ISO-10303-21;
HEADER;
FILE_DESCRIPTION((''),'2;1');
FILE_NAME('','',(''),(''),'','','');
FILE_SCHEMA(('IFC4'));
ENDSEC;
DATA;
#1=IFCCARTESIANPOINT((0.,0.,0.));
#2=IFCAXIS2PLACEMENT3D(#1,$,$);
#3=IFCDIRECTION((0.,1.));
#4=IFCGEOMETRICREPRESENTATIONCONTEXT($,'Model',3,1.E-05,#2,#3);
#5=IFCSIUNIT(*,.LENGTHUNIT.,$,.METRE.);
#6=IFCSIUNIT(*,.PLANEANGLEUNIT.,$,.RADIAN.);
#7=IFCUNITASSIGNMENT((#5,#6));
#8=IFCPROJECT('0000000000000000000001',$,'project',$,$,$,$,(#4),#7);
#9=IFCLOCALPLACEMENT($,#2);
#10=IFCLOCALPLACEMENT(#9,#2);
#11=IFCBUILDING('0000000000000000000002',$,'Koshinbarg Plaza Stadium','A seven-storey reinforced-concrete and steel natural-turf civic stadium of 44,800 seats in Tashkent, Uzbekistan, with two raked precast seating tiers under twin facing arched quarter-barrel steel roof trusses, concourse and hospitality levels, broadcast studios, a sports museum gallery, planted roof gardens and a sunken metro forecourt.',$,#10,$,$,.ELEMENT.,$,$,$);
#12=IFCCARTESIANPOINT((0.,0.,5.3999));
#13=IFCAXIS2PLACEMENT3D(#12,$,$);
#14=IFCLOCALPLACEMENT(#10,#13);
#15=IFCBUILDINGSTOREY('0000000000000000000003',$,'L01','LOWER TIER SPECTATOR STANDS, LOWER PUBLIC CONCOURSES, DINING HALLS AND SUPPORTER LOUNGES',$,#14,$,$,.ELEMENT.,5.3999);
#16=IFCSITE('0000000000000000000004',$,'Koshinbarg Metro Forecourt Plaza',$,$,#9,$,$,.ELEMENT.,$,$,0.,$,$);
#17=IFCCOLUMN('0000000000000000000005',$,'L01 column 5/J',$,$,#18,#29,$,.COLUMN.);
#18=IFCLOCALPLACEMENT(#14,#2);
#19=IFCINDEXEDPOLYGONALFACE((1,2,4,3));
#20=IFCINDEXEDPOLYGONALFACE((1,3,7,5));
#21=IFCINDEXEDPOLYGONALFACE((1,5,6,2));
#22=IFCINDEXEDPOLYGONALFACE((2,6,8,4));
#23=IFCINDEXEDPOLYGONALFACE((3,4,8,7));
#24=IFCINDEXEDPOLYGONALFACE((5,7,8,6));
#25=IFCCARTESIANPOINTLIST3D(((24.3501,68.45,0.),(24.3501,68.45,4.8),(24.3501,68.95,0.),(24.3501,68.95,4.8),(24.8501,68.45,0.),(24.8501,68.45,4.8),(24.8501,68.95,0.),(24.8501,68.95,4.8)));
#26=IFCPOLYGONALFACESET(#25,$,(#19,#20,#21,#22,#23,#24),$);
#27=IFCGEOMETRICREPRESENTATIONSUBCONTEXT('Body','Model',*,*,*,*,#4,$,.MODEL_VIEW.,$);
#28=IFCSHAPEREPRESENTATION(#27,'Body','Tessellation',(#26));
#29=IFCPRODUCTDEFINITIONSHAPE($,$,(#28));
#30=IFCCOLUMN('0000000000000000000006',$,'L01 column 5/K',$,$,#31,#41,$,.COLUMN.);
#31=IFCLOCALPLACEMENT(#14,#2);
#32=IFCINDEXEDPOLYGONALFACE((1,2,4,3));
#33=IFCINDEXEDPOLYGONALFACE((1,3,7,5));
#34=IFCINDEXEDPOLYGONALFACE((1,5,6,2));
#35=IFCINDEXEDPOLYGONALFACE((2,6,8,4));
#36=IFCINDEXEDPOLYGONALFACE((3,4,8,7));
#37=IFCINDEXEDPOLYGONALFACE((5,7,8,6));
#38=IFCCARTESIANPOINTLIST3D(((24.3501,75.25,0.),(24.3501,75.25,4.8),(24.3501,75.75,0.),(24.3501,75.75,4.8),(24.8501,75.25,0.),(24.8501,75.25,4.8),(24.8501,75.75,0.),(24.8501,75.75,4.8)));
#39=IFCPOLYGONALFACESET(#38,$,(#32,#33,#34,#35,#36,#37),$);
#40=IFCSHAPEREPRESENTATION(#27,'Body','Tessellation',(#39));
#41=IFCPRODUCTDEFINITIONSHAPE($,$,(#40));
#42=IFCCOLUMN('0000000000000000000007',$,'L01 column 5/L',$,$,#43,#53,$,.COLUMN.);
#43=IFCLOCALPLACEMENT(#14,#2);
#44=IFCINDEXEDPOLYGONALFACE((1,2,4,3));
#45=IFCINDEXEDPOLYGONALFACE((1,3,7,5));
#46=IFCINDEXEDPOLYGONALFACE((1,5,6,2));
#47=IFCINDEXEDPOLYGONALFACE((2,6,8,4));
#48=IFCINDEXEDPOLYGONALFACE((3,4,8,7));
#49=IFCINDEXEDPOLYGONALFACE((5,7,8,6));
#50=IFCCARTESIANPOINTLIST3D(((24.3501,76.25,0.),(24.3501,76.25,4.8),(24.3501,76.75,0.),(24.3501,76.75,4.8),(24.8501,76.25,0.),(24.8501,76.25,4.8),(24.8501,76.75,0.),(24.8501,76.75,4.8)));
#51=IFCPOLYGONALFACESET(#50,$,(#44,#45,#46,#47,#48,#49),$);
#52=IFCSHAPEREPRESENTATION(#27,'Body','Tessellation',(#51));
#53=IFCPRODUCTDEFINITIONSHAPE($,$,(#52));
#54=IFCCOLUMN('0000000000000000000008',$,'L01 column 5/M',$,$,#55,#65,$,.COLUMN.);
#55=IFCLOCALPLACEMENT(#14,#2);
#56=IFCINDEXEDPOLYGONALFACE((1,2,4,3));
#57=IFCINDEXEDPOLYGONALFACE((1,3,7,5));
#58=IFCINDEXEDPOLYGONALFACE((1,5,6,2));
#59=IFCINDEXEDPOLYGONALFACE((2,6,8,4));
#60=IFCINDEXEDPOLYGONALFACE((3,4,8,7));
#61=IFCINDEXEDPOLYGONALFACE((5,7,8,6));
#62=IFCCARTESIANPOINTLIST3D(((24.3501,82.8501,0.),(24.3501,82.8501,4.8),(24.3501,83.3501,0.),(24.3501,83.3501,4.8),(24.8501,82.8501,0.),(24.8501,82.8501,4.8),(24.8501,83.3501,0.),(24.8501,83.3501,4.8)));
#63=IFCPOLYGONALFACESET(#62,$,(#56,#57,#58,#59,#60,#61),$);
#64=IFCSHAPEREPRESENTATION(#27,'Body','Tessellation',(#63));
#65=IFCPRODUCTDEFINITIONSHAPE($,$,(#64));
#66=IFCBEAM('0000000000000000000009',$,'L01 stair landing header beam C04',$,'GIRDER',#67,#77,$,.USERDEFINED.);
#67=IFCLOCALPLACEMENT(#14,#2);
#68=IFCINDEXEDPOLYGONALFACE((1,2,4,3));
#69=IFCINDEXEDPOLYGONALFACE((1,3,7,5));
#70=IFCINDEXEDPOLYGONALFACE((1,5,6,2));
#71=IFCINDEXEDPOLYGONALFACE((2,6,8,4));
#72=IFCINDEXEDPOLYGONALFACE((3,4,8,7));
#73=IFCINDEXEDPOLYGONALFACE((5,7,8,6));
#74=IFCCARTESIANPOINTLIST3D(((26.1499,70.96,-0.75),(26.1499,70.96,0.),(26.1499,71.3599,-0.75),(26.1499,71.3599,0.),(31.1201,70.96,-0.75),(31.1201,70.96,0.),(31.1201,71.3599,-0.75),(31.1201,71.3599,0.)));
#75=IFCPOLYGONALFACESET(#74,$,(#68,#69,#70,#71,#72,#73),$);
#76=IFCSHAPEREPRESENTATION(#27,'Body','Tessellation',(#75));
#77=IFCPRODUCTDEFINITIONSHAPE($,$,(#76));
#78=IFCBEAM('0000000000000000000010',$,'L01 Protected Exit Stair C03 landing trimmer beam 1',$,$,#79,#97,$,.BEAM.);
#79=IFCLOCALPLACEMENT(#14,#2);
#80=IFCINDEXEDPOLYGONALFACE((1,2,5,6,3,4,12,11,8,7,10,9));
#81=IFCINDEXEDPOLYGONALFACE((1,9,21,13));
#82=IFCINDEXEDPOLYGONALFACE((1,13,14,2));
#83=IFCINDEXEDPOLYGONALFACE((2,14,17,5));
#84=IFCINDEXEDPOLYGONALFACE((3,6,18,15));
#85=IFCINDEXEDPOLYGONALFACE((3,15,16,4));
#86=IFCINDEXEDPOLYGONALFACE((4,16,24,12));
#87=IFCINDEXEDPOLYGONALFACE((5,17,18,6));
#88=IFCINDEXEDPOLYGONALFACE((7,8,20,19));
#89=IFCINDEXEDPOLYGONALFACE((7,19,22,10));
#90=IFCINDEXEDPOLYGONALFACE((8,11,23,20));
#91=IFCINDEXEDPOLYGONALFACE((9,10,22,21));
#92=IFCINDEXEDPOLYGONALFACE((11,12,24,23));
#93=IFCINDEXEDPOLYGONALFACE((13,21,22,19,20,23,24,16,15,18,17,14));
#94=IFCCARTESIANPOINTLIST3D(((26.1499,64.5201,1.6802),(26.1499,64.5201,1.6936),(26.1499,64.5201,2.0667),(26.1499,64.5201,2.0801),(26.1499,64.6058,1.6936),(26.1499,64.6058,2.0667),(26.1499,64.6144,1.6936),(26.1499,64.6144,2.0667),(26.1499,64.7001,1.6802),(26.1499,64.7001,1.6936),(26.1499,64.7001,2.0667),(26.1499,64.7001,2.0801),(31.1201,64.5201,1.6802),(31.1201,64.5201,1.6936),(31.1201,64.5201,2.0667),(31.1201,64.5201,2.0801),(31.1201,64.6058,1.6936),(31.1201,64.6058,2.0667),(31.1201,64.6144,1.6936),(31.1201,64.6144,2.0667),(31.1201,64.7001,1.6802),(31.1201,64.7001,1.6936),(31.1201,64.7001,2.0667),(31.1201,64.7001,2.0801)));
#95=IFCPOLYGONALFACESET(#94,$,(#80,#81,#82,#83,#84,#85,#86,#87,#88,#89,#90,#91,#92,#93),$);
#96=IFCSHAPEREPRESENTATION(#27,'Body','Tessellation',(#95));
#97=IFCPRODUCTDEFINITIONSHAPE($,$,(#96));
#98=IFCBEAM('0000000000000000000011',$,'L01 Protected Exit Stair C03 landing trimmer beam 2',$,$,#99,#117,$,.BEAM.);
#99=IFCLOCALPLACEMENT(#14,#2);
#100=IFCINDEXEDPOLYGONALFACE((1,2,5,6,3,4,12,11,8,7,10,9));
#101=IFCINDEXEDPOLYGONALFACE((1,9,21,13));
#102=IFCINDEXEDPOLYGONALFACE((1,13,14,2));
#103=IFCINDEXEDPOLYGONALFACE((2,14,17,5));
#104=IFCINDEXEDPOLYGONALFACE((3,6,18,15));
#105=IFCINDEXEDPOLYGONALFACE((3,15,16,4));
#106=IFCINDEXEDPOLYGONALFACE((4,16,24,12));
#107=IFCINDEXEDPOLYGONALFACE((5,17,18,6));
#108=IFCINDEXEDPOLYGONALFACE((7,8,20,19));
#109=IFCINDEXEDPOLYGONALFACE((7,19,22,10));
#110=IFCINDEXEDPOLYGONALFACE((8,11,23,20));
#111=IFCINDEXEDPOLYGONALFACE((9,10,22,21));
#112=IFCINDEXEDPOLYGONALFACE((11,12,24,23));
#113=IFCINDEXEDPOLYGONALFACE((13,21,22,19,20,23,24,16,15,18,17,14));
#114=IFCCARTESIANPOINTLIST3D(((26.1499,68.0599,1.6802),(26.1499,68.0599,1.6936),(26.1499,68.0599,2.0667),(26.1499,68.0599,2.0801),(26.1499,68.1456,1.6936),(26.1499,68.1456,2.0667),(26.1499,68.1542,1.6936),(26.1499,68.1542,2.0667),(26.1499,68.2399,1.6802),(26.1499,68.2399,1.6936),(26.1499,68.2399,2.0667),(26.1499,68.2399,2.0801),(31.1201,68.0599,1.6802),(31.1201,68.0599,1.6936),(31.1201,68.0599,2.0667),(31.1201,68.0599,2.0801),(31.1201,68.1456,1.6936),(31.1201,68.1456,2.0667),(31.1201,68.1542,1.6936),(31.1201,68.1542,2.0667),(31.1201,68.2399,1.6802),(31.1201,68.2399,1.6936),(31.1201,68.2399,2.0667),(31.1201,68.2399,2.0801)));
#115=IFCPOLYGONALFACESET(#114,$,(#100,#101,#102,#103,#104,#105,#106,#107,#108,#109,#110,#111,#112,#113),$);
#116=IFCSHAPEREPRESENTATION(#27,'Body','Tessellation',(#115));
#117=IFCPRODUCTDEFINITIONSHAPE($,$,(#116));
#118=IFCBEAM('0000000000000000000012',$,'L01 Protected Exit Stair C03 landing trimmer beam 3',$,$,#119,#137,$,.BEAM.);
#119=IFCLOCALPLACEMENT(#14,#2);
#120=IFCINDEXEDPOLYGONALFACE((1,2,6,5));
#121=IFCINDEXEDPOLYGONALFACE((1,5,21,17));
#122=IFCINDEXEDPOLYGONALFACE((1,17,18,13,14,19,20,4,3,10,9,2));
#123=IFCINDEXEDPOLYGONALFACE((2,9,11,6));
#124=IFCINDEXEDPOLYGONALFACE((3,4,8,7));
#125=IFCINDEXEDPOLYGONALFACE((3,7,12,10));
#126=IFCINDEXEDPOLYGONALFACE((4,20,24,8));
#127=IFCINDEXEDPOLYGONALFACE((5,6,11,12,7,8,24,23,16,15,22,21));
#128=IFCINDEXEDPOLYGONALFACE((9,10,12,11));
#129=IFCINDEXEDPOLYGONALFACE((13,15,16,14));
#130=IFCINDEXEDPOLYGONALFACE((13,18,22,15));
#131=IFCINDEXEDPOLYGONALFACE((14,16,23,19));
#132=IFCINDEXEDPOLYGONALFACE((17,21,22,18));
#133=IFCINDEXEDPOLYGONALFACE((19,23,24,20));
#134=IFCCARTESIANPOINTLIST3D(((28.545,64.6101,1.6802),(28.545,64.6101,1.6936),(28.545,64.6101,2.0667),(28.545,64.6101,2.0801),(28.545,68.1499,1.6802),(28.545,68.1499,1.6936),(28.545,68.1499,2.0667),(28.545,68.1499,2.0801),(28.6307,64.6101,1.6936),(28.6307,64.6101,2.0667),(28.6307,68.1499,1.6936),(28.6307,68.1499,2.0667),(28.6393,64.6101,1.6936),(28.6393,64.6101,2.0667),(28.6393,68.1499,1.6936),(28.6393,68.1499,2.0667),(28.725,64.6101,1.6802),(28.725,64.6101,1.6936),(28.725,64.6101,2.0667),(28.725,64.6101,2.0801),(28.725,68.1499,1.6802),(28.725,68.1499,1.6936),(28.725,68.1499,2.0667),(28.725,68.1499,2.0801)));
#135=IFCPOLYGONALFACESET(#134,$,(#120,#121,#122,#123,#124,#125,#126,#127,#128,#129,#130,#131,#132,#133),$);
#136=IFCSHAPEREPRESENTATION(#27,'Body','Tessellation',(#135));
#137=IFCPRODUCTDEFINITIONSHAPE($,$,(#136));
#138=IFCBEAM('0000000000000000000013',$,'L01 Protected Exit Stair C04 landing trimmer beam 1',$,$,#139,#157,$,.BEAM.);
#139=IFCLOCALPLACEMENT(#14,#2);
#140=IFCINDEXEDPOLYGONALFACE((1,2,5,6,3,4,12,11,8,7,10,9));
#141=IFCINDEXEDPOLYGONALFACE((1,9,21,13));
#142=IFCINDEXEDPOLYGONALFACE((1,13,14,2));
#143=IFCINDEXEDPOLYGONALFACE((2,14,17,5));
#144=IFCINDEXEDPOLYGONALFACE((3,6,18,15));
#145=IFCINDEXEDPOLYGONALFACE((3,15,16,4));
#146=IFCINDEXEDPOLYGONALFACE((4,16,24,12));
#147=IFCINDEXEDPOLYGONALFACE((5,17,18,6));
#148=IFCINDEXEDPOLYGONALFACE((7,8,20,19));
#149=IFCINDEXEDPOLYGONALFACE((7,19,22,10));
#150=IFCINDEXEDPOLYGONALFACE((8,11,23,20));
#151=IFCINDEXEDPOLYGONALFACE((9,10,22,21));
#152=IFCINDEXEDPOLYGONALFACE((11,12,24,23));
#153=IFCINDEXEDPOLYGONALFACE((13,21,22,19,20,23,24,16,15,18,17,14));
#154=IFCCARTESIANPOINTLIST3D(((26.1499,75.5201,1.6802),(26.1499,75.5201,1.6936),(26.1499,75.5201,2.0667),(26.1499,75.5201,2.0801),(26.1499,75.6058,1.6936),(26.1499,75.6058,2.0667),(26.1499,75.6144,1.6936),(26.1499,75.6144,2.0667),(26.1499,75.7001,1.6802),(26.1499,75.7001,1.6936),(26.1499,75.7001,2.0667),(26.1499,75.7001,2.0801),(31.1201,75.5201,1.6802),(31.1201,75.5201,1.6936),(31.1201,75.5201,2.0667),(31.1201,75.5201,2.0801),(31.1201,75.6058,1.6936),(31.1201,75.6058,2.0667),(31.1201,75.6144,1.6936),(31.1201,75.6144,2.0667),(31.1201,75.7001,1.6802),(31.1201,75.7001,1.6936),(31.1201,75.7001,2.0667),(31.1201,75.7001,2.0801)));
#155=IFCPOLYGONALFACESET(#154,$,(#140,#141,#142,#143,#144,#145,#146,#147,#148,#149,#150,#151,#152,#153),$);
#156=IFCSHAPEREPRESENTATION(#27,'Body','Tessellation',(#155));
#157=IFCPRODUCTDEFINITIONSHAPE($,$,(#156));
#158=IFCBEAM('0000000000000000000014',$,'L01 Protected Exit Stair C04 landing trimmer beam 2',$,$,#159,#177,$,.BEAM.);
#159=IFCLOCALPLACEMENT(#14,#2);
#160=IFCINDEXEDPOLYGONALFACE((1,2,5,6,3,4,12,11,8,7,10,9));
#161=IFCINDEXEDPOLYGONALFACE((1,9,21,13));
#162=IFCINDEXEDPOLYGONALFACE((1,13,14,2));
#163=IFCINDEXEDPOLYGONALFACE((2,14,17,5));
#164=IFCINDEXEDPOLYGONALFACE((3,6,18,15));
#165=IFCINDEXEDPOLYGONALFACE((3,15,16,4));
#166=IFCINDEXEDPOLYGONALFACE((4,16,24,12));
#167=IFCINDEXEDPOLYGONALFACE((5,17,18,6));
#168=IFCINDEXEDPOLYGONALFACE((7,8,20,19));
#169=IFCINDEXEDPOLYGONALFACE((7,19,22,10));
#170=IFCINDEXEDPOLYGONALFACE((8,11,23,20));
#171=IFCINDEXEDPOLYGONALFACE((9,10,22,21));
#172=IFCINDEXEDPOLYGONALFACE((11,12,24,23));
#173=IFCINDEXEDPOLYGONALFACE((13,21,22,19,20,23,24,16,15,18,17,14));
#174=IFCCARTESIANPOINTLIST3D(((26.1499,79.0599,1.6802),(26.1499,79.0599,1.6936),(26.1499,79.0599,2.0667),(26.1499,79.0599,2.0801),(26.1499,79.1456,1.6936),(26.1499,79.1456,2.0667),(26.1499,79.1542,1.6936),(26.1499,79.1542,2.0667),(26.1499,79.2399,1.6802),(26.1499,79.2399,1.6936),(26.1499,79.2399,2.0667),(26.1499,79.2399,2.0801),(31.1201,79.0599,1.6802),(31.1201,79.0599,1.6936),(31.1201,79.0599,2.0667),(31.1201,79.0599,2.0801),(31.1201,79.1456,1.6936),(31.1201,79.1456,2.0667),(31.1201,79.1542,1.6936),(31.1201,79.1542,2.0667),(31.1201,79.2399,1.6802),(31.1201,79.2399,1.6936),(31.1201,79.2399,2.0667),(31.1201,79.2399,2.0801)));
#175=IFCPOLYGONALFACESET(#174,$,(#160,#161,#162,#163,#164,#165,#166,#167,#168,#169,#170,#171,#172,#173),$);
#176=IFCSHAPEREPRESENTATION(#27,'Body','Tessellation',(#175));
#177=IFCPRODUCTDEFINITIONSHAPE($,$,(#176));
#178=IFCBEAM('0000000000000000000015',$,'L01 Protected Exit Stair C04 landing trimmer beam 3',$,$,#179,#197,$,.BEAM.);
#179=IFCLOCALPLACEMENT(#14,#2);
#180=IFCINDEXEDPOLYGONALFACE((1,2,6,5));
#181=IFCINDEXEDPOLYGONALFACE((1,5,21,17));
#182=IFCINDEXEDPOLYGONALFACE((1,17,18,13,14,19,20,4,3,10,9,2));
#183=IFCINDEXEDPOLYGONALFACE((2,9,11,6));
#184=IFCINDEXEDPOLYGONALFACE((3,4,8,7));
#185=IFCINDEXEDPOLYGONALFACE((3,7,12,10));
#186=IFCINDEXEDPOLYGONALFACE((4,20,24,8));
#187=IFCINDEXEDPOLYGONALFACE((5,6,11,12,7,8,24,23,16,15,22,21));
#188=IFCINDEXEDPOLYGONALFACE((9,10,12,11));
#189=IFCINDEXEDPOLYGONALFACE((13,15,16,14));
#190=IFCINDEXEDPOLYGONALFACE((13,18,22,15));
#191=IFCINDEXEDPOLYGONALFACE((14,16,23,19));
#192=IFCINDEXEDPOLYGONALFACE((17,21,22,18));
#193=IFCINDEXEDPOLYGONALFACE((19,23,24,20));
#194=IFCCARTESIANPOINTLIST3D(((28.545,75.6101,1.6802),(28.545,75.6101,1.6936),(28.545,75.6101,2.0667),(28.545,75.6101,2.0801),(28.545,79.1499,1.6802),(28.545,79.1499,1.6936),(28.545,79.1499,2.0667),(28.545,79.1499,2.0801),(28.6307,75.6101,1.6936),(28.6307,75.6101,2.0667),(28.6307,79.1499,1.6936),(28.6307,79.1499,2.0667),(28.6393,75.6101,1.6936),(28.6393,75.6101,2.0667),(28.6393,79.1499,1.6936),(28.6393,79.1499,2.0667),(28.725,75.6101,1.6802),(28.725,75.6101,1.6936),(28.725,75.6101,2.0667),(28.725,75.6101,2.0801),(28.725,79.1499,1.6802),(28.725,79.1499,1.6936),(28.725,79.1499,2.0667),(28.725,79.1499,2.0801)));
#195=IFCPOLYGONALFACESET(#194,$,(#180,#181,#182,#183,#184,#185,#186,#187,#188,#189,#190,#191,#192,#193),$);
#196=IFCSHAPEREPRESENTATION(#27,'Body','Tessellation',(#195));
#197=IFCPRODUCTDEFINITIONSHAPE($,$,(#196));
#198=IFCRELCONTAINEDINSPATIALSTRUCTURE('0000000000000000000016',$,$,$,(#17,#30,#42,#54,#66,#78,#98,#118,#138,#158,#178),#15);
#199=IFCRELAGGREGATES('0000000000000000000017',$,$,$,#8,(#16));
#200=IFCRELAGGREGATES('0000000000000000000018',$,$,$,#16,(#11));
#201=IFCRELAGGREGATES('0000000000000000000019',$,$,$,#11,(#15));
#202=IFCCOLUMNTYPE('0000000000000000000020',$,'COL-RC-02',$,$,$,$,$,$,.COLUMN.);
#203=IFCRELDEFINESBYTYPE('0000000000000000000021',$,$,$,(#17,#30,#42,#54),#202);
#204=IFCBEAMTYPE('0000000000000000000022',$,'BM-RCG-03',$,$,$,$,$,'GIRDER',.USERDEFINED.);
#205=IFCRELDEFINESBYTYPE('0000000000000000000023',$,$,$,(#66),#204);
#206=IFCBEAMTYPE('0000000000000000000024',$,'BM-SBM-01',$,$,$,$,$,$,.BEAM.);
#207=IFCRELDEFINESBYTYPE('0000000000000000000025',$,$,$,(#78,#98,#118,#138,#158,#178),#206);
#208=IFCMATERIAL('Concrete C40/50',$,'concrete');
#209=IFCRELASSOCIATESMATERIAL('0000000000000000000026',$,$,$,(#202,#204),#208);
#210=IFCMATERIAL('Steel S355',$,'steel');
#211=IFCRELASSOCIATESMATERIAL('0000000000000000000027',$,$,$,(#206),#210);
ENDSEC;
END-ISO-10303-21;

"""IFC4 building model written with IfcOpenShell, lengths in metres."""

from ifc_helpers import new_model, si_unit, direction, frame, origin, origin_2d, place, context, subcontext, project, spatial, rectangle, i_section, extrude, material, material_profile, profile_set, type_object, element, save


model = new_model("IFC4")

# Units and contexts
model_context = context("Model", 3, precision=1e-05, world=origin(), true_north=direction((0.0, 1.0)))
body_context = subcontext(model_context, "Body", "Model", "MODEL_VIEW")
ifc_project = project(units=[si_unit("LENGTHUNIT", "METRE"), si_unit("PLANEANGLEUNIT", "RADIAN")], contexts=[model_context])

# Site, building, storey
site_placement = place(None, origin())
site = spatial("IfcSite", under=ifc_project, at=site_placement, Name="Koshinbarg Metro Forecourt Plaza", CompositionType="ELEMENT", RefElevation=0.0)
building_placement = place(site_placement, origin())
building = spatial("IfcBuilding", under=site, at=building_placement, Name="Koshinbarg Plaza Stadium", Description="A seven-storey reinforced-concrete and steel natural-turf civic stadium of 44,800 seats in Tashkent, Uzbekistan, with two raked precast seating tiers under twin facing arched quarter-barrel steel roof trusses, concourse and hospitality levels, broadcast studios, a sports museum gallery, planted roof gardens and a sunken metro forecourt.", CompositionType="ELEMENT")
storey_placement = place(building_placement, frame((0.0, 0.0, 5.3999)))
storey = spatial("IfcBuildingStorey", under=building, at=storey_placement, Name="L01", Description="LOWER TIER SPECTATOR STANDS, LOWER PUBLIC CONCOURSES, DINING HALLS AND SUPPORTER LOUNGES", CompositionType="ELEMENT", Elevation=5.3999)

# Columns
ifc_material_1 = material(Name="Concrete C40/50", Category="concrete")
ifc_material_profile_1 = material_profile(ifc_material_1, rectangle(XDim=0.5, YDim=0.5, at=origin_2d()), Name="RC 500x500")
ifc_profile_set_1 = profile_set([ifc_material_profile_1], Name="Concrete C40/50")
column_type = type_object("IfcColumnType", Name="COL-RC-02", PredefinedType="COLUMN", material=ifc_profile_set_1)
for number, where, z_axis, x_axis, name in (
    (1, (24.6001, 68.7, 0.0), (0.0, 0.0, 1.0), (1.0, 0.0, 0.0), "L01 column 5/J"),
    (2, (24.6001, 75.5, 0.0), (0.0, 0.0, 1.0), (1.0, 0.0, 0.0), "L01 column 5/K"),
    (3, (24.6001, 76.5, 0.0), (0.0, 0.0, 1.0), (1.0, 0.0, 0.0), "L01 column 5/L"),
    (4, (24.6001, 83.1001, 0.0), (0.0, 0.0, 1.0), (1.0, 0.0, 0.0), "L01 column 5/M"),
):
    element("IfcColumn", number, at=place(storey_placement, frame(where, z_axis=z_axis, x_axis=x_axis)), inside=storey, type_object=column_type, Name=name, PredefinedType="COLUMN", context=body_context, shape_type="SweptSolid", body=[
        extrude(rectangle(XDim=0.5, YDim=0.5, at=origin_2d()), origin(), (0.0, 0.0, 1.0), 4.8),
    ])

# Beams
ifc_material_profile_2 = material_profile(ifc_material_1, rectangle(XDim=0.3999, YDim=0.75, at=origin_2d()), Name="RC 400x750")
ifc_profile_set_2 = profile_set([ifc_material_profile_2], Name="Concrete C40/50")
beam_type_1 = type_object("IfcBeamType", Name="BM-RCG-03", ElementType="GIRDER", PredefinedType="USERDEFINED", material=ifc_profile_set_2)
beam_1_placement = place(storey_placement, frame((26.1499, 71.1599, -0.375), z_axis=(1.0, 0.0, 0.0), x_axis=(0.0, 1.0, 0.0)))
element("IfcBeam", 5, at=beam_1_placement, inside=storey, type_object=beam_type_1, Name="L01 stair landing header beam C04", ObjectType="GIRDER", PredefinedType="USERDEFINED", context=body_context, shape_type="SweptSolid", body=[
    extrude(rectangle(XDim=0.3999, YDim=0.75, at=origin_2d()), origin(), (0.0, 0.0, 1.0), 4.9702),
])
ifc_material_2 = material(Name="Steel S355", Category="steel")
ifc_material_profile_3 = material_profile(ifc_material_2, i_section(OverallWidth=0.1799, OverallDepth=0.3999, WebThickness=0.0085, FlangeThickness=0.0134, at=origin_2d()), Name="IPE 400")
ifc_profile_set_3 = profile_set([ifc_material_profile_3], Name="Steel S355")
beam_type_2 = type_object("IfcBeamType", Name="BM-SBM-01", PredefinedType="BEAM", material=ifc_profile_set_3)
for number, where, z_axis, x_axis, name in (
    (6, (26.1499, 64.6101, 1.8801), (1.0, 0.0, 0.0), (0.0, 1.0, 0.0), "L01 Protected Exit Stair C03 landing trimmer beam 1"),
    (7, (26.1499, 68.1499, 1.8801), (1.0, 0.0, 0.0), (0.0, 1.0, 0.0), "L01 Protected Exit Stair C03 landing trimmer beam 2"),
):
    element("IfcBeam", number, at=place(storey_placement, frame(where, z_axis=z_axis, x_axis=x_axis)), inside=storey, type_object=beam_type_2, Name=name, PredefinedType="BEAM", context=body_context, shape_type="SweptSolid", body=[
        extrude(i_section(OverallWidth=0.1799, OverallDepth=0.3999, WebThickness=0.0085, FlangeThickness=0.0134, at=origin_2d()), origin(), (0.0, 0.0, 1.0), 4.9702),
    ])
beam_2_placement = place(storey_placement, frame((28.635, 64.6101, 1.8801), z_axis=(0.0, 1.0, 0.0), x_axis=(-1.0, 0.0, 0.0)))
element("IfcBeam", 8, at=beam_2_placement, inside=storey, type_object=beam_type_2, Name="L01 Protected Exit Stair C03 landing trimmer beam 3", PredefinedType="BEAM", context=body_context, shape_type="SweptSolid", body=[
    extrude(i_section(OverallWidth=0.1799, OverallDepth=0.3999, WebThickness=0.0085, FlangeThickness=0.0134, at=origin_2d()), origin(), (0.0, 0.0, 1.0), 3.5398),
])
for number, where, z_axis, x_axis, name in (
    (9, (26.1499, 75.6101, 1.8801), (1.0, 0.0, 0.0), (0.0, 1.0, 0.0), "L01 Protected Exit Stair C04 landing trimmer beam 1"),
    (10, (26.1499, 79.1499, 1.8801), (1.0, 0.0, 0.0), (0.0, 1.0, 0.0), "L01 Protected Exit Stair C04 landing trimmer beam 2"),
):
    element("IfcBeam", number, at=place(storey_placement, frame(where, z_axis=z_axis, x_axis=x_axis)), inside=storey, type_object=beam_type_2, Name=name, PredefinedType="BEAM", context=body_context, shape_type="SweptSolid", body=[
        extrude(i_section(OverallWidth=0.1799, OverallDepth=0.3999, WebThickness=0.0085, FlangeThickness=0.0134, at=origin_2d()), origin(), (0.0, 0.0, 1.0), 4.9702),
    ])
beam_3_placement = place(storey_placement, frame((28.635, 75.6101, 1.8801), z_axis=(0.0, 1.0, 0.0), x_axis=(-1.0, 0.0, 0.0)))
element("IfcBeam", 11, at=beam_3_placement, inside=storey, type_object=beam_type_2, Name="L01 Protected Exit Stair C04 landing trimmer beam 3", PredefinedType="BEAM", context=body_context, shape_type="SweptSolid", body=[
    extrude(i_section(OverallWidth=0.1799, OverallDepth=0.3999, WebThickness=0.0085, FlangeThickness=0.0134, at=origin_2d()), origin(), (0.0, 0.0, 1.0), 3.5398),
])

save(model, "model.ifc")
